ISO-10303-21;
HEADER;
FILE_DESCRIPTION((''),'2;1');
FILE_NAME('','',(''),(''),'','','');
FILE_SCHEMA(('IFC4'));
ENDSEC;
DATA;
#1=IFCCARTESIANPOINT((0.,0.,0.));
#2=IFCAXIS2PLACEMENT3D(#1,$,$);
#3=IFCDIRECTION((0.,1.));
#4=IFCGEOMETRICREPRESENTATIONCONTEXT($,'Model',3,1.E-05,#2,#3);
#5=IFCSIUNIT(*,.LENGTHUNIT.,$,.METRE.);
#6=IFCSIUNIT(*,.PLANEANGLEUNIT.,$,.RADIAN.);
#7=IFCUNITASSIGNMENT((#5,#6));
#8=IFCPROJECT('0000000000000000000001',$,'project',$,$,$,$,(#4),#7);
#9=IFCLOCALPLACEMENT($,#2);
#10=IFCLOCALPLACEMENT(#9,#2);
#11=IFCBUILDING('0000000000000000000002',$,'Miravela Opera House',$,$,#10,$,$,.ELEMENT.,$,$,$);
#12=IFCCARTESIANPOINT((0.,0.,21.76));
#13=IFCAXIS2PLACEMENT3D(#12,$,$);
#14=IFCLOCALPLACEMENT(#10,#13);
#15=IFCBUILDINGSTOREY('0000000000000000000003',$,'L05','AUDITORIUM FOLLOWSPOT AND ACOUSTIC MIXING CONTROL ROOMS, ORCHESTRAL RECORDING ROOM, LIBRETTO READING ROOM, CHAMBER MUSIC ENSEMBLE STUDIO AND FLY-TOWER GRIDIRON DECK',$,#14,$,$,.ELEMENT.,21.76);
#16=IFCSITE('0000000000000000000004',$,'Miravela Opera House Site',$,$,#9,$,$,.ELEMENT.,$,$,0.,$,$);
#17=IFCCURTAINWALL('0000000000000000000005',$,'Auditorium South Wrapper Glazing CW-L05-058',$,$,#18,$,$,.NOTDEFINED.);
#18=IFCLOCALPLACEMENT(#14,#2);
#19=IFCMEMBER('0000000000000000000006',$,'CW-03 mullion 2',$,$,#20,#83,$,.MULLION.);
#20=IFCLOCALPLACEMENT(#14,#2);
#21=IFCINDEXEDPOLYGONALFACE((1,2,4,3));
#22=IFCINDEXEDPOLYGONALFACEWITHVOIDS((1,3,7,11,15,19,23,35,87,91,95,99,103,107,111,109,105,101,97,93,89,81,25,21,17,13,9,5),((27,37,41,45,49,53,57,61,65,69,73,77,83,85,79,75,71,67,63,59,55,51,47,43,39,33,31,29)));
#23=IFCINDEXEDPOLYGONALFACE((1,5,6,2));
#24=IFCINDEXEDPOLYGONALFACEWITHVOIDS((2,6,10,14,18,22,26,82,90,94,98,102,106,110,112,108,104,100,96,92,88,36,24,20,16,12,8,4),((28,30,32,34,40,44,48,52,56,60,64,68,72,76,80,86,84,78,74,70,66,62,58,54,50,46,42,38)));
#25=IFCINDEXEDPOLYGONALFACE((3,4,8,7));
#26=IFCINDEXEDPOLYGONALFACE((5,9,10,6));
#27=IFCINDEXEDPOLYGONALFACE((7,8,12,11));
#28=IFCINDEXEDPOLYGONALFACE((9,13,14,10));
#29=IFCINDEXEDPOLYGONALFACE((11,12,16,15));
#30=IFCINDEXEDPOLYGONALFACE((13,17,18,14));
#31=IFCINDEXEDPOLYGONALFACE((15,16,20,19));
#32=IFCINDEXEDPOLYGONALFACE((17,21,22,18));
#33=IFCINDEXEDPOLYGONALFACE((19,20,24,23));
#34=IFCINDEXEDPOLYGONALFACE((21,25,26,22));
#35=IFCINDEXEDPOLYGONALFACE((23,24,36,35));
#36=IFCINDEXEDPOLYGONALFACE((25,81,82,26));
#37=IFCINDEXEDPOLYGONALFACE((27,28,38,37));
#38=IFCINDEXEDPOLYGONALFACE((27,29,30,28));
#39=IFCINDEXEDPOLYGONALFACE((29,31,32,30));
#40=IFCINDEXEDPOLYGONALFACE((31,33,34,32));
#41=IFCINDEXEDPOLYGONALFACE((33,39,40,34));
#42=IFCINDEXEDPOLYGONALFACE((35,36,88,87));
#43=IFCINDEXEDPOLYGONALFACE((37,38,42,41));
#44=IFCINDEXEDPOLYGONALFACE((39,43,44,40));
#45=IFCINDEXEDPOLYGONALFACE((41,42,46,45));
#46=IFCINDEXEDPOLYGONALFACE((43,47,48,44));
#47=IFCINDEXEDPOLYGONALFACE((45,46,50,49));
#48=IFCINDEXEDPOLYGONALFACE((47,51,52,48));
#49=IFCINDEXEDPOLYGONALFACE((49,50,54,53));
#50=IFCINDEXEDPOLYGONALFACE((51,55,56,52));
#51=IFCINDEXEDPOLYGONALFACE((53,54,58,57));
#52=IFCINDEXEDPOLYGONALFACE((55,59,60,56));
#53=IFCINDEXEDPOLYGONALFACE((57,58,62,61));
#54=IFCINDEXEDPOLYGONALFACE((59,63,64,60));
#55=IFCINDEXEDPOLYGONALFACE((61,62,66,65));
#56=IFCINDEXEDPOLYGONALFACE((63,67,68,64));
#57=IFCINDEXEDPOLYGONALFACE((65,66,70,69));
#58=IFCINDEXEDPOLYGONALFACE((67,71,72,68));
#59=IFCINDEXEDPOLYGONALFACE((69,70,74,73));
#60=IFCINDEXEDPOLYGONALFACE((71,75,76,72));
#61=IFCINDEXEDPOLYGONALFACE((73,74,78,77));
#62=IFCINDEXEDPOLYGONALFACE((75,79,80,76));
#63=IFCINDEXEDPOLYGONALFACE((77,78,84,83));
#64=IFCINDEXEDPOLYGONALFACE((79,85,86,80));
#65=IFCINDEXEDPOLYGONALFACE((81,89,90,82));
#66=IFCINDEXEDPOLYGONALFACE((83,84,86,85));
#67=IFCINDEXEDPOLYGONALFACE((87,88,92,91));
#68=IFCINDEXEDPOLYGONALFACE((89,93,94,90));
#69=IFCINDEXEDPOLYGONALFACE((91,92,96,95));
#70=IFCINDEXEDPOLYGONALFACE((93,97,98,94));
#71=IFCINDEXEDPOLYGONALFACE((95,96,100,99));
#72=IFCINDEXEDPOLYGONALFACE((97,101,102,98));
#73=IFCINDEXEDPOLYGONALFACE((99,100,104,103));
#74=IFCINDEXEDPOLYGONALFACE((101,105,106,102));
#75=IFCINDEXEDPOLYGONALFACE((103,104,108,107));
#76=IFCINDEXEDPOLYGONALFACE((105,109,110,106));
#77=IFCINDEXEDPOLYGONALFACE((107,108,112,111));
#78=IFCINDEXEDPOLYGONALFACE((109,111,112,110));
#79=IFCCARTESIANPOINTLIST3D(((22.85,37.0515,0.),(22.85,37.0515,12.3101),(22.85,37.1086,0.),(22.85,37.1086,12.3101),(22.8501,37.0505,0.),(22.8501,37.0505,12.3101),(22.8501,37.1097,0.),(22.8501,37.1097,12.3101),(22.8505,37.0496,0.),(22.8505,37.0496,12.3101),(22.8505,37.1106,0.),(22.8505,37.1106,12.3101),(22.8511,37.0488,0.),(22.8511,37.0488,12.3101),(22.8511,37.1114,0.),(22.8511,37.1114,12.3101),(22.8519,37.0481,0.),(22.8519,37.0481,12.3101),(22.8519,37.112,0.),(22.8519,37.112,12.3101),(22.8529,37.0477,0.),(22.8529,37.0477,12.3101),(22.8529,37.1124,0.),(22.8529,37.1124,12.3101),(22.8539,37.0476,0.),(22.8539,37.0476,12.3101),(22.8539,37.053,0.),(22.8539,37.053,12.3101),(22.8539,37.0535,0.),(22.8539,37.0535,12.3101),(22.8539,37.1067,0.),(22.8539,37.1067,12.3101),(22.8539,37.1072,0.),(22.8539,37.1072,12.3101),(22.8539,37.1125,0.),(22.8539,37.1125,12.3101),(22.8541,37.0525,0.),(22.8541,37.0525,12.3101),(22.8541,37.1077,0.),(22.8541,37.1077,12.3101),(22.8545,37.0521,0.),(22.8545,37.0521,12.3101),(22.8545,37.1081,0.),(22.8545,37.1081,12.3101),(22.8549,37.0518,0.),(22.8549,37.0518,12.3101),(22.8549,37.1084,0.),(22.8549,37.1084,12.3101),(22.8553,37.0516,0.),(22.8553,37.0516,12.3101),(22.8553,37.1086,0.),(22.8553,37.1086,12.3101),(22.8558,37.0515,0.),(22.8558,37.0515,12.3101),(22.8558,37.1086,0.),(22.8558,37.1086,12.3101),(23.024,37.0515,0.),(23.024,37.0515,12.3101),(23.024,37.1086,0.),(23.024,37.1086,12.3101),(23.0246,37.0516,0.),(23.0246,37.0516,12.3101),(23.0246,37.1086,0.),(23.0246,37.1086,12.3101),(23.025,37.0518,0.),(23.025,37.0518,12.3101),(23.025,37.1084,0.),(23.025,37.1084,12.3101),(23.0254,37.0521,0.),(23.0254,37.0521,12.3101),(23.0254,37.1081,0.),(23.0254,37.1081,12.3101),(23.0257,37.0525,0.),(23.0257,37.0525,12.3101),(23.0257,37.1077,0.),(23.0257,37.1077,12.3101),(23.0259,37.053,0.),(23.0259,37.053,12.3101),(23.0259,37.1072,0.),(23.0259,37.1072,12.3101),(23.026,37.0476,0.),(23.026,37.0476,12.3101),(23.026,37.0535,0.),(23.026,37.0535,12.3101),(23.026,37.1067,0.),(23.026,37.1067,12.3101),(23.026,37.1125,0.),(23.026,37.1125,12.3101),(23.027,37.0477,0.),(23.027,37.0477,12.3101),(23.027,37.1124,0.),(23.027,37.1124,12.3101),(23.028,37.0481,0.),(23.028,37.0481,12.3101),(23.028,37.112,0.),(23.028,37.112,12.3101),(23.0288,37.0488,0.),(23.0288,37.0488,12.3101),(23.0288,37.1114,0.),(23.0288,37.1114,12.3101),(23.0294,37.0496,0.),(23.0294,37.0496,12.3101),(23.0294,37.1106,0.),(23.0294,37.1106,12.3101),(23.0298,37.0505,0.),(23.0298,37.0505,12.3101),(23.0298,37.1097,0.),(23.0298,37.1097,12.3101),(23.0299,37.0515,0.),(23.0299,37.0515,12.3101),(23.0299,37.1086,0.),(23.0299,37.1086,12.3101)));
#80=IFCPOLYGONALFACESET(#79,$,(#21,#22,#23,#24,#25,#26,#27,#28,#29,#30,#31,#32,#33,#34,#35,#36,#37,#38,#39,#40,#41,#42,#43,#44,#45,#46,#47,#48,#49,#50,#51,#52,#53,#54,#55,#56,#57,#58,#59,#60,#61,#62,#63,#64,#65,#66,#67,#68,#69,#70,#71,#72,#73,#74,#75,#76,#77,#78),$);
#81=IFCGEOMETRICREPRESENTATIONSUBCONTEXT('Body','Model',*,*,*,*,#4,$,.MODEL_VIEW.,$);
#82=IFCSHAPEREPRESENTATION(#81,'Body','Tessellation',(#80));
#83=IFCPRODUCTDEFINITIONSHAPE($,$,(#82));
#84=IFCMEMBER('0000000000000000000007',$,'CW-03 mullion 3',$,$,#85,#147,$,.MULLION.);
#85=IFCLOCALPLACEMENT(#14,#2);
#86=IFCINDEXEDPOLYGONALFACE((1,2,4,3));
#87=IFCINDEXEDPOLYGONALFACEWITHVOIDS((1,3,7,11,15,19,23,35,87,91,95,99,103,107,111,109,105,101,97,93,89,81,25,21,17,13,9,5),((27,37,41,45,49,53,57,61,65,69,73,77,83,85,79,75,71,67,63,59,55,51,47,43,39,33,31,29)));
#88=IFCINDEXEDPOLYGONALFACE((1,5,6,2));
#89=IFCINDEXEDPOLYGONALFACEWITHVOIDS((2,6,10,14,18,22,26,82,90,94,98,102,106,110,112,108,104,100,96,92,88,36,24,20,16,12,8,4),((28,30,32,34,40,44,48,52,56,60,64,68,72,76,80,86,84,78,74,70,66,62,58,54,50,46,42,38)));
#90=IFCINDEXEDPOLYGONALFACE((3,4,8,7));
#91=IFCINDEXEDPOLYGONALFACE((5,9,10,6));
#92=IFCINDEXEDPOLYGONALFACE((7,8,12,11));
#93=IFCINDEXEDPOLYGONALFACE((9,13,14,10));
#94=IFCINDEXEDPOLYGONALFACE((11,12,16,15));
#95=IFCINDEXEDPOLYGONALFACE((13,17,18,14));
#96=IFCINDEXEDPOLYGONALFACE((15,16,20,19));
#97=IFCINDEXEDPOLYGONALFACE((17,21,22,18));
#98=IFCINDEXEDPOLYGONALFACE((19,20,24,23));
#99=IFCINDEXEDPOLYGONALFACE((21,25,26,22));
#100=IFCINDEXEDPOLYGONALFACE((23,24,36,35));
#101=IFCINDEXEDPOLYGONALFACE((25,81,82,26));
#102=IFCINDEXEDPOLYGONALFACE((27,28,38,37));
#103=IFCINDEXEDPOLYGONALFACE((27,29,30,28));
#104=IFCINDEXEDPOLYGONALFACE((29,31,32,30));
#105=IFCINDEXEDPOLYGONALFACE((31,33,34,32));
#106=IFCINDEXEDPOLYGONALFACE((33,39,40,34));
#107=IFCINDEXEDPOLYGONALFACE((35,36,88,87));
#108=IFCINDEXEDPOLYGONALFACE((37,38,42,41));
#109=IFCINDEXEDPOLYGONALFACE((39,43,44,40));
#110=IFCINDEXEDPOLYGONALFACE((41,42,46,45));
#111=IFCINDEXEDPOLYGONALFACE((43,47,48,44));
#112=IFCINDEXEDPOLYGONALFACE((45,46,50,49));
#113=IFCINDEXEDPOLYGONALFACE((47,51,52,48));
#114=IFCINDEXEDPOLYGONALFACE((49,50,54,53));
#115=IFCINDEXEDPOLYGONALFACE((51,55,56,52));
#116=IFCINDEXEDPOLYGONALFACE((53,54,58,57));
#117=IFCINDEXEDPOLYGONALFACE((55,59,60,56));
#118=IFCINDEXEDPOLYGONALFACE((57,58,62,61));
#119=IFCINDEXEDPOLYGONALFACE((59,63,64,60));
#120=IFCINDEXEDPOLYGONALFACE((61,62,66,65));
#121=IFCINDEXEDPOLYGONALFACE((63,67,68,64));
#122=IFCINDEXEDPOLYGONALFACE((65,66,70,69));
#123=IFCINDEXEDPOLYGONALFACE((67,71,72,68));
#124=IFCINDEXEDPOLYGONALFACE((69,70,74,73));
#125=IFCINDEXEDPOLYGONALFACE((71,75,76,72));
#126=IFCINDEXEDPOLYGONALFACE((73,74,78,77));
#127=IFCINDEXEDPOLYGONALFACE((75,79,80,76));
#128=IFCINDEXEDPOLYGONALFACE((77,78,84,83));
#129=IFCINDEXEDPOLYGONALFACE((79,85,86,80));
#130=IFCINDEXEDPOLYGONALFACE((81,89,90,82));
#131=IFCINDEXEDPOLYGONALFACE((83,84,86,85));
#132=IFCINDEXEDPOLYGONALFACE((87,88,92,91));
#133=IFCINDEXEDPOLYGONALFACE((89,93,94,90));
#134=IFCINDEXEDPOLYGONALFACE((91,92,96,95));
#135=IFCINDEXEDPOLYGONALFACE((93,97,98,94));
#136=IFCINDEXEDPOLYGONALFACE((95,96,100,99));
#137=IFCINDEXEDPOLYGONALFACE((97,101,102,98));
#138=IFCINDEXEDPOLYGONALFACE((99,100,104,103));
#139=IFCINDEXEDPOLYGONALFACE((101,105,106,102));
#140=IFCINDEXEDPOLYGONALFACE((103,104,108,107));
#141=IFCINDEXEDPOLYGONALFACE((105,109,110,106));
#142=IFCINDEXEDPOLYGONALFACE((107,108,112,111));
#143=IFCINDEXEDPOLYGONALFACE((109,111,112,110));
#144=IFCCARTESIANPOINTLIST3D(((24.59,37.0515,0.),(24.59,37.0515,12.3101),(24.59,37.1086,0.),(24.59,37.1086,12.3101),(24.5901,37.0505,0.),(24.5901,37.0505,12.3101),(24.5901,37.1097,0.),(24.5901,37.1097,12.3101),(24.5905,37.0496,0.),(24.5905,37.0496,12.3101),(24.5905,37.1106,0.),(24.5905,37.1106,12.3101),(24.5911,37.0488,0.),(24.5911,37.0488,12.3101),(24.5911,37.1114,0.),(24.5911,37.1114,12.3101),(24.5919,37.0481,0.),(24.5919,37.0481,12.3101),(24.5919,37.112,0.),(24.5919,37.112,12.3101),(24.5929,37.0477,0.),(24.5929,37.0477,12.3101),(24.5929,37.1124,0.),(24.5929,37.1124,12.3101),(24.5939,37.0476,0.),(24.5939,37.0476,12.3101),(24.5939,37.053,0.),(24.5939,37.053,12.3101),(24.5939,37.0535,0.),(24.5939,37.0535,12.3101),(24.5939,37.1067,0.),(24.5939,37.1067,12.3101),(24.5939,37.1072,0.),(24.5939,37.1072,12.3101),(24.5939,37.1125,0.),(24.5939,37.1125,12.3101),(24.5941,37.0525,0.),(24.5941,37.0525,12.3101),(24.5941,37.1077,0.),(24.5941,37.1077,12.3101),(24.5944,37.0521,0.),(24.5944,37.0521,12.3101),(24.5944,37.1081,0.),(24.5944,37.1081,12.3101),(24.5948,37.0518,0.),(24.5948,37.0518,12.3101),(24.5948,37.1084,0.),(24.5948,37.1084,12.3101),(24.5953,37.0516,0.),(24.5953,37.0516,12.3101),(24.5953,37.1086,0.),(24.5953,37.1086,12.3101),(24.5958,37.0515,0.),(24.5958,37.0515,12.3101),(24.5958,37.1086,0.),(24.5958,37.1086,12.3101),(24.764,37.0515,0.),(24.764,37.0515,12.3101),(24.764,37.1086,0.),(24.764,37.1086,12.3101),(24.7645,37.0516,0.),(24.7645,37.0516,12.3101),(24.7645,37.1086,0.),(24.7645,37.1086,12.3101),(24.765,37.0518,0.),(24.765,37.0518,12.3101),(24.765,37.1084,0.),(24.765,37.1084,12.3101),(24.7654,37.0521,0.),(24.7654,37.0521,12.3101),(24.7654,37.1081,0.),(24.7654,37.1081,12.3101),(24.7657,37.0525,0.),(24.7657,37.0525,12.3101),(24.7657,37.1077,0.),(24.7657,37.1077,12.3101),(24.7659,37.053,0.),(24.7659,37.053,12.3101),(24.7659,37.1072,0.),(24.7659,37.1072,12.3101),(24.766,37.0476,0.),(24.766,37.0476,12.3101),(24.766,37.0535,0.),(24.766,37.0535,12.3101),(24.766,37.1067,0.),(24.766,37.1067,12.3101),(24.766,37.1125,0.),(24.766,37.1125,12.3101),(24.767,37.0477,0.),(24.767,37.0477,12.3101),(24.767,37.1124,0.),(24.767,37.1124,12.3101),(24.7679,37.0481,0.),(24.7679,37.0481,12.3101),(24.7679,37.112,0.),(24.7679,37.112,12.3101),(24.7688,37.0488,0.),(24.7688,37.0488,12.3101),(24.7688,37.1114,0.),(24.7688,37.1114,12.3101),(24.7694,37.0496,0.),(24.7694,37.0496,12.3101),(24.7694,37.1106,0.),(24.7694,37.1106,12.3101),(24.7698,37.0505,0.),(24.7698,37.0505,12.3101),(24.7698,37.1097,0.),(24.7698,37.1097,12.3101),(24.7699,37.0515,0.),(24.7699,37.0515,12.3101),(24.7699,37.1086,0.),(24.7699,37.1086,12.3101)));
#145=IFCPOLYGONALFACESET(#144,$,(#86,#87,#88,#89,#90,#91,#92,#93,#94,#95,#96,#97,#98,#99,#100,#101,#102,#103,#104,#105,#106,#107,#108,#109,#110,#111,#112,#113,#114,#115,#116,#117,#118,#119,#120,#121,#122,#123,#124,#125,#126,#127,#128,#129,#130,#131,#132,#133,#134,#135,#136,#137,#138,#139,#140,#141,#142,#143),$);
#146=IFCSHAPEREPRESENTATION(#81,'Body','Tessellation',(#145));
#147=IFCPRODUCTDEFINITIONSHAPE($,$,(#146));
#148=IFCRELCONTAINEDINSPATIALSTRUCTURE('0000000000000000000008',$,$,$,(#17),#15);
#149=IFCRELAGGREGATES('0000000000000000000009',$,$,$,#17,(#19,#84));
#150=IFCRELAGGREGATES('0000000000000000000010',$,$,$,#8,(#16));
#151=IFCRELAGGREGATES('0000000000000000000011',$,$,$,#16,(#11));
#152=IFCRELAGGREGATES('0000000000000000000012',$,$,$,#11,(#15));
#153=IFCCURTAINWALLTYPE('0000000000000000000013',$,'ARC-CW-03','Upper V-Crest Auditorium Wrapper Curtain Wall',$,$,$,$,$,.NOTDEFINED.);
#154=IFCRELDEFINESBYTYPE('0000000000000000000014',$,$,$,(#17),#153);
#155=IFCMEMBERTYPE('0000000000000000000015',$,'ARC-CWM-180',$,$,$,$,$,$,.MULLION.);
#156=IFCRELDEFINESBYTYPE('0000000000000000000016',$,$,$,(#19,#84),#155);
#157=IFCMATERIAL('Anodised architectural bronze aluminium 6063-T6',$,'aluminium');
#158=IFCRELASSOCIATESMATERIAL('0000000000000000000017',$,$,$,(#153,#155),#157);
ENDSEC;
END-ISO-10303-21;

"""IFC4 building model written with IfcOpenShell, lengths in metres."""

from ifc_helpers import new_model, si_unit, direction, frame, origin, origin_2d, place, context, subcontext, project, spatial, hollow_rectangle, extrude, material, material_profile, profile_set, type_object, element, aggregate, save


model = new_model("IFC4")

# Units and contexts
model_context = context("Model", 3, precision=1e-05, world=origin(), true_north=direction((0.0, 1.0)))
body_context = subcontext(model_context, "Body", "Model", "MODEL_VIEW")
ifc_project = project(units=[si_unit("LENGTHUNIT", "METRE"), si_unit("PLANEANGLEUNIT", "RADIAN")], contexts=[model_context])

# Site, building, storey
site_placement = place(None, origin())
site = spatial("IfcSite", under=ifc_project, at=site_placement, Name="Miravela Opera House Site", CompositionType="ELEMENT", RefElevation=0.0)
building_placement = place(site_placement, origin())
building = spatial("IfcBuilding", under=site, at=building_placement, Name="Miravela Opera House", CompositionType="ELEMENT")
storey_placement = place(building_placement, frame((0.0, 0.0, 21.76)))
storey = spatial("IfcBuildingStorey", under=building, at=storey_placement, Name="L05", Description="AUDITORIUM FOLLOWSPOT AND ACOUSTIC MIXING CONTROL ROOMS, ORCHESTRAL RECORDING ROOM, LIBRETTO READING ROOM, CHAMBER MUSIC ENSEMBLE STUDIO AND FLY-TOWER GRIDIRON DECK", CompositionType="ELEMENT", Elevation=21.76)

# Curtain wall, members
ifc_material_1 = material(Name="Anodised architectural bronze aluminium 6063-T6", Category="aluminium")
curtain_wall_type = type_object("IfcCurtainWallType", Name="ARC-CW-03", Description="Upper V-Crest Auditorium Wrapper Curtain Wall", PredefinedType="NOTDEFINED", material=ifc_material_1)
ifc_material_profile_1 = material_profile(ifc_material_1, hollow_rectangle(XDim=0.0649, YDim=0.1799, WallThickness=0.0039, InnerFilletRadius=0.002, OuterFilletRadius=0.0039, at=origin_2d()), Name="CWM-65X180")
ifc_profile_set_1 = profile_set([ifc_material_profile_1])
member_type_1 = type_object("IfcMemberType", Name="ARC-CWM-180", PredefinedType="MULLION", material=ifc_profile_set_1)
curtain_wall_1_placement = place(storey_placement, origin())
curtain_wall_1 = element("IfcCurtainWall", 1, at=curtain_wall_1_placement, inside=storey, type_object=curtain_wall_type, Name="Auditorium South Wrapper Glazing CW-L05-058", PredefinedType="NOTDEFINED")
member_1_placement = place(storey_placement, frame((22.9399, 37.0801, 0.0), z_axis=(0.0, 0.0, 1.0), x_axis=(0.0, 1.0, 0.0)))
member_1 = element("IfcMember", 2, at=member_1_placement, type_object=member_type_1, Name="CW-03 mullion 2", PredefinedType="MULLION", context=body_context, shape_type="SweptSolid", body=[
    extrude(hollow_rectangle(XDim=0.0649, YDim=0.1799, WallThickness=0.0039, InnerFilletRadius=0.002, OuterFilletRadius=0.0039, at=origin_2d()), origin(), (0.0, 0.0, 1.0), 12.3101),
])
member_2_placement = place(storey_placement, frame((24.6799, 37.0801, 0.0), z_axis=(0.0, 0.0, 1.0), x_axis=(0.0, 1.0, 0.0)))
member_2 = element("IfcMember", 3, at=member_2_placement, type_object=member_type_1, Name="CW-03 mullion 3", PredefinedType="MULLION", context=body_context, shape_type="SweptSolid", body=[
    extrude(hollow_rectangle(XDim=0.0649, YDim=0.1799, WallThickness=0.0039, InnerFilletRadius=0.002, OuterFilletRadius=0.0039, at=origin_2d()), origin(), (0.0, 0.0, 1.0), 12.3101),
])

aggregate(curtain_wall_1, [member_1, member_2])

save(model, "model.ifc")
